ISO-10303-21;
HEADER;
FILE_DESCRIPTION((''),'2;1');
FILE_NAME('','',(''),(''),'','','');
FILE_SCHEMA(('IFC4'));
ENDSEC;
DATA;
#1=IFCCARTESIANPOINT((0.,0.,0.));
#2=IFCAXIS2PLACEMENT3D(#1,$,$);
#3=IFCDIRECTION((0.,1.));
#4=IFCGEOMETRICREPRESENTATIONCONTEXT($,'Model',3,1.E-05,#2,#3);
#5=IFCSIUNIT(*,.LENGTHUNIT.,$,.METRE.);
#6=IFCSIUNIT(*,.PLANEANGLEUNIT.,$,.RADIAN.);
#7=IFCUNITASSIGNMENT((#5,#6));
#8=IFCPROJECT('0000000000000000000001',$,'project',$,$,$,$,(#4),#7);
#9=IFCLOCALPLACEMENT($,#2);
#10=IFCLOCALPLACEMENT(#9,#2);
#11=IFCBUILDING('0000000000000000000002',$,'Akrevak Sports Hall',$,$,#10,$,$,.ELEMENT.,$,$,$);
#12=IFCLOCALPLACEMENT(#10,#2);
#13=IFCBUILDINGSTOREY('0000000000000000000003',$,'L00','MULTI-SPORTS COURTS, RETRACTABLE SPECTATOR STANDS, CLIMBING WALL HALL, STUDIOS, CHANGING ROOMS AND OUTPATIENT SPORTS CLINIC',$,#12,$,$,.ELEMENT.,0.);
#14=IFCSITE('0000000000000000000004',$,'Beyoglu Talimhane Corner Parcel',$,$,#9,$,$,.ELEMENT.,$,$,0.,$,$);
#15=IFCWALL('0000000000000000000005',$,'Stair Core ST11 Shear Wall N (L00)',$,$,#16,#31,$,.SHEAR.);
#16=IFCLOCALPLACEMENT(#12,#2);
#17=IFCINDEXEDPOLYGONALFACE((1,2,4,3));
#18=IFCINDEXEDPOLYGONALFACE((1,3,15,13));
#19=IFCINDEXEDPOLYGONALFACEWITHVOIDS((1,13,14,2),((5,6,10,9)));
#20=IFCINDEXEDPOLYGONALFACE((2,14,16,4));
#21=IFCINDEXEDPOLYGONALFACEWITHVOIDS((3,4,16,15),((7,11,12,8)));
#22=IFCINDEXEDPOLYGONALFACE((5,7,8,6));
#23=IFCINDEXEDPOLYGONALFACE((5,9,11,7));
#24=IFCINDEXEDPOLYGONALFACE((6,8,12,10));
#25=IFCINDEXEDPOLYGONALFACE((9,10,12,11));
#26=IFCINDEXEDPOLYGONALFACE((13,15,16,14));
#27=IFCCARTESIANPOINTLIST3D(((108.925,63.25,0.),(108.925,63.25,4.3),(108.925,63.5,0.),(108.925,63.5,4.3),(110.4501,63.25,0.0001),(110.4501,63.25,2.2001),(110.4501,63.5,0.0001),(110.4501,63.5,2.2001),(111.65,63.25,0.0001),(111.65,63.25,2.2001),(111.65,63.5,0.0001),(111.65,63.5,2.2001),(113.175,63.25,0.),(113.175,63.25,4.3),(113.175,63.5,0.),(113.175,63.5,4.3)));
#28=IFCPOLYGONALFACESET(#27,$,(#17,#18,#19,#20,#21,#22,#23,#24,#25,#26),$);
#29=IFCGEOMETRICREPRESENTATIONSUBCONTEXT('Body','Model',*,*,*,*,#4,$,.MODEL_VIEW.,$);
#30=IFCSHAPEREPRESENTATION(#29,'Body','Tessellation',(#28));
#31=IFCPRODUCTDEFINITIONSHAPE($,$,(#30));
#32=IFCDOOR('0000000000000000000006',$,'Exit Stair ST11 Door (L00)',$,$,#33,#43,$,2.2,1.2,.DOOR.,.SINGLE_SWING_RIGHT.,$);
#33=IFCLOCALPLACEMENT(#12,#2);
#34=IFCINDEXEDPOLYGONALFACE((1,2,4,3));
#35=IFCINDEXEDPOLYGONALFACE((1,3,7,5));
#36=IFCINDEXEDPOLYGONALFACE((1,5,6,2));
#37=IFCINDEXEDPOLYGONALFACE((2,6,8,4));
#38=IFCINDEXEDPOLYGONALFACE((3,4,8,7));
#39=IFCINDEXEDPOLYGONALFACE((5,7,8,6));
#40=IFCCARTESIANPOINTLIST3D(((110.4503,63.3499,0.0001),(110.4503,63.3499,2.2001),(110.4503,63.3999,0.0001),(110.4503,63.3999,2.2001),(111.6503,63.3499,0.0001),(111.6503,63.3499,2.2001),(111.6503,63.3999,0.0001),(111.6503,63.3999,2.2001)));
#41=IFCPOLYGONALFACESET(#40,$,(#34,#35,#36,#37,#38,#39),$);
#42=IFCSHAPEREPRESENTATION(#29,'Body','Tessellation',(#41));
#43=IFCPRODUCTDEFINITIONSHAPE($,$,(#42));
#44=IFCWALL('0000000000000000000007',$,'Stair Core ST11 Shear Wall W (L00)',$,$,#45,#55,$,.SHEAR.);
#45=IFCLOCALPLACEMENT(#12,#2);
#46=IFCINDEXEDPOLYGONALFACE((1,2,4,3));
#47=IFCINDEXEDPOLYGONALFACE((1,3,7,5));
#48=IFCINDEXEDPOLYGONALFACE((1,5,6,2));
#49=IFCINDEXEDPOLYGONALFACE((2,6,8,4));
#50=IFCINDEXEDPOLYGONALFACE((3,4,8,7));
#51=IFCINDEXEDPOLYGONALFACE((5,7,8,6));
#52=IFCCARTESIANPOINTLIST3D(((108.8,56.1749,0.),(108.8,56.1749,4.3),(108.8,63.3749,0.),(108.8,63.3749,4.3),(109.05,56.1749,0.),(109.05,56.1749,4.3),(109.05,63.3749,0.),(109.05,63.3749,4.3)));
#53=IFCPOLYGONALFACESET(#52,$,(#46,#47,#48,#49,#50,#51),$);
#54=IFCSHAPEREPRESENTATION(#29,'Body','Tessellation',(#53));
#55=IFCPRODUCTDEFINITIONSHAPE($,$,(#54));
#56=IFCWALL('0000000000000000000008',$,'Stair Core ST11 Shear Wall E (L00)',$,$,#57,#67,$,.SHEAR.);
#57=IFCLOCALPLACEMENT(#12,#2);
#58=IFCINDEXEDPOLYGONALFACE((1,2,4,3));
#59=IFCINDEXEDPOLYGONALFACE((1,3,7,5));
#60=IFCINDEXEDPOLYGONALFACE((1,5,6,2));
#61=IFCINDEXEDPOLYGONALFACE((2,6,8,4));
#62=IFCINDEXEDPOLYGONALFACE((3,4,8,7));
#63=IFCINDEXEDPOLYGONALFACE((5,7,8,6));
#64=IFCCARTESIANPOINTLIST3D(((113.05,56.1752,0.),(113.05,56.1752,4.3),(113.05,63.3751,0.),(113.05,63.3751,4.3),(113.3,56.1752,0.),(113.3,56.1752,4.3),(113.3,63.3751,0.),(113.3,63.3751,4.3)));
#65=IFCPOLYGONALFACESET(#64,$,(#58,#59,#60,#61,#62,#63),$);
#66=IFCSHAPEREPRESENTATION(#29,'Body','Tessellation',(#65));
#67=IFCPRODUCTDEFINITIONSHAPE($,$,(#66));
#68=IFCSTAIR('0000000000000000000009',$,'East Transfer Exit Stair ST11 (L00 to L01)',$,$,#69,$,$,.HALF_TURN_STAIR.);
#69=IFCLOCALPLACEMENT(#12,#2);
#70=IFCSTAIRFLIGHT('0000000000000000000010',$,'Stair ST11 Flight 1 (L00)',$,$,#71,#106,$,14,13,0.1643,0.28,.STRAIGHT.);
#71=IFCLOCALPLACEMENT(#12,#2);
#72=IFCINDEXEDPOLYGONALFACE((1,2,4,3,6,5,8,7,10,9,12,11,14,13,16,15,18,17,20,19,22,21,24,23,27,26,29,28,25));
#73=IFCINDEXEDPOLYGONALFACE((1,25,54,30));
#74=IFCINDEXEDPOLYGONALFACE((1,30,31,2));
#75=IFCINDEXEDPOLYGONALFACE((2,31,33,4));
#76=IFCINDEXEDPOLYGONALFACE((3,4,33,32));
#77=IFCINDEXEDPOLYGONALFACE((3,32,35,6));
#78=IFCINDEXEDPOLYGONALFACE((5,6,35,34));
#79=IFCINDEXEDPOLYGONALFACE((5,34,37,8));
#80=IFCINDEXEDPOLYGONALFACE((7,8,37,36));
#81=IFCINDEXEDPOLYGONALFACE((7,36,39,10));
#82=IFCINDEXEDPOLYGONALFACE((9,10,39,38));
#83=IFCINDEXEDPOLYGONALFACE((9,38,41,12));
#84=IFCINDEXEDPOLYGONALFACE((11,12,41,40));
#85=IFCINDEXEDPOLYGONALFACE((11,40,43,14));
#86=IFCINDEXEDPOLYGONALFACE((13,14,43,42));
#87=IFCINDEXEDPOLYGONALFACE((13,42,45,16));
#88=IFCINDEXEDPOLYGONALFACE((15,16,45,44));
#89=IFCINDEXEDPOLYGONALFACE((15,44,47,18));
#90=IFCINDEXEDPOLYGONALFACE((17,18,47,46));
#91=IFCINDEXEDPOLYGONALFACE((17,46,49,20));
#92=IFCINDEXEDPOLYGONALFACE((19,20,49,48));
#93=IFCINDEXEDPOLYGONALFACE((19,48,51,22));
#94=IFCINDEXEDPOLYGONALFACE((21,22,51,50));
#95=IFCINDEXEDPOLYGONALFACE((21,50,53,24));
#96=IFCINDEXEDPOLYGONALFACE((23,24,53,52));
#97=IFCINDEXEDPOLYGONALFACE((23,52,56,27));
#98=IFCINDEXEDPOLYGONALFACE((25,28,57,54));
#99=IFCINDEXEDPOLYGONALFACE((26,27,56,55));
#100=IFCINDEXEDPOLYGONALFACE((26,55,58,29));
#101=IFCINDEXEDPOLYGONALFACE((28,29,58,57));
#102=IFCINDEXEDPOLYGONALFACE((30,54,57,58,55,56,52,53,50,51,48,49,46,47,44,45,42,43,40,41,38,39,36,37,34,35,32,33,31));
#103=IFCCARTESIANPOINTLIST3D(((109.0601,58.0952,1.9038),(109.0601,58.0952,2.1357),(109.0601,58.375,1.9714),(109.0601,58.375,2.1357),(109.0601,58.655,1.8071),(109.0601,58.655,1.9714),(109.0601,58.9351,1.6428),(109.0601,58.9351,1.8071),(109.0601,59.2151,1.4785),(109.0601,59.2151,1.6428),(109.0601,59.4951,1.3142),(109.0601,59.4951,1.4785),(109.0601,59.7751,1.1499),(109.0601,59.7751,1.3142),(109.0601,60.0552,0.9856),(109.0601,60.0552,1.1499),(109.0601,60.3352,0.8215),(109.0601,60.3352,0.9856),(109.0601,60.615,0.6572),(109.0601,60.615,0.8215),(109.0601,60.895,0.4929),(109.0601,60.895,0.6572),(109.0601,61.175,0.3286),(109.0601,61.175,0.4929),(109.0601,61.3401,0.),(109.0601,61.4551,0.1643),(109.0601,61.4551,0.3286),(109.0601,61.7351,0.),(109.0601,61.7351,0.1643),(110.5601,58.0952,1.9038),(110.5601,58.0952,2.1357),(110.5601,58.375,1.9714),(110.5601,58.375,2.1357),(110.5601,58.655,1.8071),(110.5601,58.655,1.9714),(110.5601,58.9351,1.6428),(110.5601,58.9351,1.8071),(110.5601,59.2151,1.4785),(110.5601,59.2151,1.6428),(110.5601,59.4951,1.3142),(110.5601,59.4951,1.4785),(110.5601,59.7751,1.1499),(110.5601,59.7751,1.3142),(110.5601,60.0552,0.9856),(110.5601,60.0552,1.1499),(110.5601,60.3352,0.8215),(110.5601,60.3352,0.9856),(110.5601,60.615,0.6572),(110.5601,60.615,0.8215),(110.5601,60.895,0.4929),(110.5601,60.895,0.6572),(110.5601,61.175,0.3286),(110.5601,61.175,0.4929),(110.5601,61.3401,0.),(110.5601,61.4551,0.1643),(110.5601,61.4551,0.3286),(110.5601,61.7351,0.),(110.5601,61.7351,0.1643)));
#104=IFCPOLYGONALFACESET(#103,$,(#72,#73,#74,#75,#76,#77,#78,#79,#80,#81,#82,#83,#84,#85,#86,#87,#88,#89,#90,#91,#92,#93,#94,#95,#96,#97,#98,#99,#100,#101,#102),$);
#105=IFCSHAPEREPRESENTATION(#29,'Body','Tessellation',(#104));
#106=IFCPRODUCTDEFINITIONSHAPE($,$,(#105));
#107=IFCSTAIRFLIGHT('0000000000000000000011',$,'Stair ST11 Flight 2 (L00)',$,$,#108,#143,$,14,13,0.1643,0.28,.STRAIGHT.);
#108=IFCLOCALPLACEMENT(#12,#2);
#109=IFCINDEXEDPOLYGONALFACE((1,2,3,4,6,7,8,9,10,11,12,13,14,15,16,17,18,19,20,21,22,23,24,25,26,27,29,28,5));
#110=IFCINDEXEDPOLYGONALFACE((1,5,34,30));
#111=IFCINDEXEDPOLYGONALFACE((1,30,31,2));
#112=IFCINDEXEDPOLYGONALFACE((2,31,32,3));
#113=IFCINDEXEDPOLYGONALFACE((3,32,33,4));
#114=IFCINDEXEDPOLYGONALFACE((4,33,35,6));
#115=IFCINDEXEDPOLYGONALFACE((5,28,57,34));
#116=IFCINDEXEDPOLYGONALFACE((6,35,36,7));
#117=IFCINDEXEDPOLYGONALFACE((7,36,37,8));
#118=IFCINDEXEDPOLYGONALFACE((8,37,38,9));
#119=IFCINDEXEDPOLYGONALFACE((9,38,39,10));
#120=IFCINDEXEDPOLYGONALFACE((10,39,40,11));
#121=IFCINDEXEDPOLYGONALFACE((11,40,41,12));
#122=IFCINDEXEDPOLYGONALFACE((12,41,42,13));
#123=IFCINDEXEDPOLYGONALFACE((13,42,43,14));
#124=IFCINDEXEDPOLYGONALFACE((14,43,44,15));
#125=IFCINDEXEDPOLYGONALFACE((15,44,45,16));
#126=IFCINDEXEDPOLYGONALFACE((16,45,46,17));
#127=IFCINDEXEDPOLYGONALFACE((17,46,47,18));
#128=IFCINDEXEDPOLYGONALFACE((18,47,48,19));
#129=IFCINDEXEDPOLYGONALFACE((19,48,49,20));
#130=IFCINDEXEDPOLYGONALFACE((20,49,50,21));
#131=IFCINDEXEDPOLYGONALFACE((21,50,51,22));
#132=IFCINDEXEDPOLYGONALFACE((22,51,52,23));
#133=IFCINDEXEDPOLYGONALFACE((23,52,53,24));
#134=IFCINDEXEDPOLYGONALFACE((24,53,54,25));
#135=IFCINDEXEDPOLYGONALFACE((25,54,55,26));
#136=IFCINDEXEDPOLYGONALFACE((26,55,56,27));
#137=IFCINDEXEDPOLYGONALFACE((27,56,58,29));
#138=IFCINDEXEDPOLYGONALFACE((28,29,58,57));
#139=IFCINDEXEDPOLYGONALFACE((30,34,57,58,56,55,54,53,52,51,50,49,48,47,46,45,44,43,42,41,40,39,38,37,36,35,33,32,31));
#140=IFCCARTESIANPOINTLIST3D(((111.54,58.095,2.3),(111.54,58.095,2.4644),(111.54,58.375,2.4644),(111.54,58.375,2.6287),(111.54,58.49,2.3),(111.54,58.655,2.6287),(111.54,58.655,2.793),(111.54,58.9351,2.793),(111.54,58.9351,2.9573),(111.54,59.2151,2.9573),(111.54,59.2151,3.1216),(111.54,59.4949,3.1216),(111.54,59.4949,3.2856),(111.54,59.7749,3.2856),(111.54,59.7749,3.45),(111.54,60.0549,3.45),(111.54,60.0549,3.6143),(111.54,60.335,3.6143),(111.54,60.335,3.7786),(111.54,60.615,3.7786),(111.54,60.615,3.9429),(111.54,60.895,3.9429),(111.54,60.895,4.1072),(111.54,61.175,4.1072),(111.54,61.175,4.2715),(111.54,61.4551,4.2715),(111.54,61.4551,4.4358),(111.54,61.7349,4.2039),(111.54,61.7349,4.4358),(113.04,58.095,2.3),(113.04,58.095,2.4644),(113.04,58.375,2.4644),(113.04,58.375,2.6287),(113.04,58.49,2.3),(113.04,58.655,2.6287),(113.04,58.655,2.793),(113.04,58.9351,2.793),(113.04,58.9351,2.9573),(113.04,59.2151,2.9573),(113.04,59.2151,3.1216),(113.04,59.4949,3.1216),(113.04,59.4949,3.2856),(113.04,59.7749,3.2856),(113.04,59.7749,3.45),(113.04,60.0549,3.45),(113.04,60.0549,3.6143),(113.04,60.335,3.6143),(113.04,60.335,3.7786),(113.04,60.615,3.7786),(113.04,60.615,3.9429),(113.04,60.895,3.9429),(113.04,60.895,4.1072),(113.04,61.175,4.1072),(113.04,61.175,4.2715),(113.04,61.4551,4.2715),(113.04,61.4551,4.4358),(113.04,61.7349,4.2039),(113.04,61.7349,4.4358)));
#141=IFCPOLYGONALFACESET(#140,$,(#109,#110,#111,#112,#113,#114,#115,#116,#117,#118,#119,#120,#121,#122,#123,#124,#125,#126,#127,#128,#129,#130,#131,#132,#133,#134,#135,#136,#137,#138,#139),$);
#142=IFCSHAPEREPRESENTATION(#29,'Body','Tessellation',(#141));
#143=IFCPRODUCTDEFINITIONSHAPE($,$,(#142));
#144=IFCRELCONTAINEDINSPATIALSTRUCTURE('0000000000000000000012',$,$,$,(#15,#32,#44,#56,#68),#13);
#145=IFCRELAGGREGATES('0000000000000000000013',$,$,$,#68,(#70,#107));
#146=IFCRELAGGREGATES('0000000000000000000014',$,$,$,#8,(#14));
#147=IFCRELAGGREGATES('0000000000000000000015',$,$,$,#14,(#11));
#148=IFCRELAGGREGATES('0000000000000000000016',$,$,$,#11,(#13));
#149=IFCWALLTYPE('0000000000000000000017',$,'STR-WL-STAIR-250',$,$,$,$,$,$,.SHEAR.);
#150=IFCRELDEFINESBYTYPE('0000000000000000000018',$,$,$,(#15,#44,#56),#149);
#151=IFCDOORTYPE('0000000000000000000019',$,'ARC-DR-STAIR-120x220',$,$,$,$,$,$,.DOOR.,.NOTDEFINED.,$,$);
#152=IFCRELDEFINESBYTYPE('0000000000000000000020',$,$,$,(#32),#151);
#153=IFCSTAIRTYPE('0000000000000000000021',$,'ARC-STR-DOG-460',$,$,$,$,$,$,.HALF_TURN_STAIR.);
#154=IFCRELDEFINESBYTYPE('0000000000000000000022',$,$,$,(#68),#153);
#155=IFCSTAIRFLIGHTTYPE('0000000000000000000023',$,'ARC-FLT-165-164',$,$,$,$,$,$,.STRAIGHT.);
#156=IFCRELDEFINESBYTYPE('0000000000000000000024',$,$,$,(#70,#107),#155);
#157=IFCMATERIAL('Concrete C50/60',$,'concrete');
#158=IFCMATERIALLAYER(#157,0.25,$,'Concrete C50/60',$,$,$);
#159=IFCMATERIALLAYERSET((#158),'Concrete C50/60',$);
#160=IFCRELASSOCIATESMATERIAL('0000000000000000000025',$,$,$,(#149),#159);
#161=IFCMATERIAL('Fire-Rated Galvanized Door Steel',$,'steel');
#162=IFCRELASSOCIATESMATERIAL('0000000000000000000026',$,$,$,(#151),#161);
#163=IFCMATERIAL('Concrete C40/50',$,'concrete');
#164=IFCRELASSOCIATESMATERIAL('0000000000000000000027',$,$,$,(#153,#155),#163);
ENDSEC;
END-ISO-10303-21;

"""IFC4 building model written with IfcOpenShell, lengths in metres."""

from ifc_helpers import new_model, si_unit, direction, frame, frame_2d, origin, place, context, subcontext, project, spatial, polyline, rectangle, outline, extrude, material, layer, layer_set, type_object, element, fill, aggregate, save


model = new_model("IFC4")

# Units and contexts
model_context = context("Model", 3, precision=1e-05, world=origin(), true_north=direction((0.0, 1.0)))
body_context = subcontext(model_context, "Body", "Model", "MODEL_VIEW")
ifc_project = project(units=[si_unit("LENGTHUNIT", "METRE"), si_unit("PLANEANGLEUNIT", "RADIAN")], contexts=[model_context])

# Site, building, storey
site_placement = place(None, origin())
site = spatial("IfcSite", under=ifc_project, at=site_placement, Name="Beyoglu Talimhane Corner Parcel", CompositionType="ELEMENT", RefElevation=0.0)
building_placement = place(site_placement, origin())
building = spatial("IfcBuilding", under=site, at=building_placement, Name="Akrevak Sports Hall", CompositionType="ELEMENT")
storey_placement = place(building_placement, origin())
storey = spatial("IfcBuildingStorey", under=building, at=storey_placement, Name="L00", Description="MULTI-SPORTS COURTS, RETRACTABLE SPECTATOR STANDS, CLIMBING WALL HALL, STUDIOS, CHANGING ROOMS AND OUTPATIENT SPORTS CLINIC", CompositionType="ELEMENT", Elevation=0.0)

# Shared definitions
ifc_material_1 = material(Name="Concrete C50/60", Category="concrete")

# Shared definitions
ifc_material_2 = material(Name="Concrete C40/50", Category="concrete")

# Shared definitions
ifc_layer_1 = layer(ifc_material_1, 0.25, Name="Concrete C50/60")
ifc_layer_set_1 = layer_set([ifc_layer_1], Name="Concrete C50/60")
wall_type_1 = type_object("IfcWallType", Name="STR-WL-STAIR-250", PredefinedType="SHEAR", material=ifc_layer_set_1)
ifc_material_3 = material(Name="Fire-Rated Galvanized Door Steel", Category="steel")
door_type = type_object("IfcDoorType", Name="ARC-DR-STAIR-120x220", OperationType="NOTDEFINED", PredefinedType="DOOR", material=ifc_material_3)

# Wall, opening, door
wall_1_placement = place(storey_placement, frame((113.175, 63.375, 0.0), z_axis=(0.0, 0.0, 1.0), x_axis=(-1.0, 0.0, 0.0)))
wall_1 = element("IfcWall", 1, at=wall_1_placement, inside=storey, type_object=wall_type_1, Name="Stair Core ST11 Shear Wall N (L00)", PredefinedType="SHEAR", context=body_context, shape_type="SweptSolid", body=[
    extrude(rectangle(XDim=4.25, YDim=0.25, at=frame_2d((2.125, 0.0))), origin(), (0.0, 0.0, 1.0), 4.3),
])
opening_1_placement = place(wall_1_placement, frame((1.5249, 0.0, 0.0)))
opening_1 = element("IfcOpeningElement", 2, at=opening_1_placement, cuts=wall_1, PredefinedType="OPENING", context=body_context, shape_type="SweptSolid", body=[
    extrude(rectangle(XDim=1.2, YDim=2.2, at=frame_2d((0.6001, 1.1001))), frame((0.0, 0.137, 0.0), z_axis=(0.0, -1.0, 0.0), x_axis=(1.0, 0.0, 0.0)), (0.0, 0.0, 1.0), 0.2739),
])
door_1_placement = place(opening_1_placement, frame((1.2, 0.0, 0.0), z_axis=(0.0, 0.0, 1.0), x_axis=(-1.0, 0.0, 0.0)))
door_1 = element("IfcDoor", 3, at=door_1_placement, inside=storey, type_object=door_type, Name="Exit Stair ST11 Door (L00)", OperationType="SINGLE_SWING_RIGHT", OverallHeight=2.2, OverallWidth=1.2, PredefinedType="DOOR", context=body_context, shape_type="SweptSolid", body=[
    extrude(rectangle(XDim=1.2, YDim=2.2, at=frame_2d((0.6001, 1.1001))), frame((0.0, 0.0249, 0.0), z_axis=(0.0, -1.0, 0.0), x_axis=(1.0, 0.0, 0.0)), (0.0, 0.0, 1.0), 0.05),
])
fill(opening_1, door_1)

# Walls
for number, where, z_axis, x_axis, name in (
    (4, (108.925, 63.375, 0.0), (0.0, 0.0, 1.0), (0.0, -1.0, 0.0), "Stair Core ST11 Shear Wall W (L00)"),
    (5, (113.175, 56.175, 0.0), (0.0, 0.0, 1.0), (0.0, 1.0, 0.0), "Stair Core ST11 Shear Wall E (L00)"),
):
    element("IfcWall", number, at=place(storey_placement, frame(where, z_axis=z_axis, x_axis=x_axis)), inside=storey, type_object=wall_type_1, Name=name, PredefinedType="SHEAR", context=body_context, shape_type="SweptSolid", body=[
        extrude(rectangle(XDim=7.2, YDim=0.25, at=frame_2d((3.6001, 0.0))), origin(), (0.0, 0.0, 1.0), 4.3),
    ])

# Stair, stair flights
stair_type = type_object("IfcStairType", Name="ARC-STR-DOG-460", PredefinedType="HALF_TURN_STAIR", material=ifc_material_2)
stair_placement = place(storey_placement, origin())
stair = element("IfcStair", 6, at=stair_placement, inside=storey, type_object=stair_type, Name="East Transfer Exit Stair ST11 (L00 to L01)", PredefinedType="HALF_TURN_STAIR")
stair_flight_type = type_object("IfcStairFlightType", Name="ARC-FLT-165-164", PredefinedType="STRAIGHT", material=ifc_material_2)
stair_flight_1_placement = place(storey_placement, frame((109.8101, 61.7351, 0.0), z_axis=(0.0, 0.0, 1.0), x_axis=(0.0, -1.0, 0.0)))
stair_flight_1 = element("IfcStairFlight", 7, at=stair_flight_1_placement, type_object=stair_flight_type, Name="Stair ST11 Flight 1 (L00)", NumberOfRisers=14, NumberOfTreads=13, PredefinedType="STRAIGHT", RiserHeight=0.1643, TreadLength=0.28, context=body_context, shape_type="SweptSolid", body=[
    extrude(outline(polyline([(0.0, 0.0), (0.0, 0.1643), (0.28, 0.1643), (0.28, 0.3286), (0.5601, 0.3286), (0.5601, 0.4929), (0.8401, 0.4929), (0.8401, 0.6572), (1.1201, 0.6572), (1.1201, 0.8215), (1.3999, 0.8215), (1.3999, 0.9856), (1.6799, 0.9856), (1.6799, 1.1499), (1.96, 1.1499), (1.96, 1.3142), (2.24, 1.3142), (2.24, 1.4785), (2.52, 1.4785), (2.52, 1.6428), (2.8, 1.6428), (2.8, 1.8071), (3.0801, 1.8071), (3.0801, 1.9714), (3.3601, 1.9714), (3.3601, 2.1357), (3.6399, 2.1357), (3.6399, 2.3), (3.6399, 1.9038), (0.395, 0.0), (0.0, 0.0)])), frame((0.0, 0.75, 0.0), z_axis=(0.0, -1.0, 0.0), x_axis=(1.0, 0.0, 0.0)), (0.0, 0.0, 1.0), 1.5),
])
stair_flight_2_placement = place(storey_placement, frame((112.29, 58.095, 2.3), z_axis=(0.0, 0.0, 1.0), x_axis=(0.0, 1.0, 0.0)))
stair_flight_2 = element("IfcStairFlight", 8, at=stair_flight_2_placement, type_object=stair_flight_type, Name="Stair ST11 Flight 2 (L00)", NumberOfRisers=14, NumberOfTreads=13, PredefinedType="STRAIGHT", RiserHeight=0.1643, TreadLength=0.28, context=body_context, shape_type="SweptSolid", body=[
    extrude(outline(polyline([(0.0, 0.0), (0.0, 0.1643), (0.28, 0.1643), (0.28, 0.3286), (0.5601, 0.3286), (0.5601, 0.4929), (0.8401, 0.4929), (0.8401, 0.6572), (1.1201, 0.6572), (1.1201, 0.8215), (1.3999, 0.8215), (1.3999, 0.9856), (1.6799, 0.9856), (1.6799, 1.1499), (1.96, 1.1499), (1.96, 1.3142), (2.24, 1.3142), (2.24, 1.4785), (2.52, 1.4785), (2.52, 1.6428), (2.8, 1.6428), (2.8, 1.8071), (3.0801, 1.8071), (3.0801, 1.9714), (3.3601, 1.9714), (3.3601, 2.1357), (3.6399, 2.1357), (3.6399, 2.3), (3.6399, 1.9038), (0.395, 0.0), (0.0, 0.0)])), frame((0.0, 0.75, 0.0), z_axis=(0.0, -1.0, 0.0), x_axis=(1.0, 0.0, 0.0)), (0.0, 0.0, 1.0), 1.5),
])
aggregate(stair, [stair_flight_1, stair_flight_2])

save(model, "model.ifc")
